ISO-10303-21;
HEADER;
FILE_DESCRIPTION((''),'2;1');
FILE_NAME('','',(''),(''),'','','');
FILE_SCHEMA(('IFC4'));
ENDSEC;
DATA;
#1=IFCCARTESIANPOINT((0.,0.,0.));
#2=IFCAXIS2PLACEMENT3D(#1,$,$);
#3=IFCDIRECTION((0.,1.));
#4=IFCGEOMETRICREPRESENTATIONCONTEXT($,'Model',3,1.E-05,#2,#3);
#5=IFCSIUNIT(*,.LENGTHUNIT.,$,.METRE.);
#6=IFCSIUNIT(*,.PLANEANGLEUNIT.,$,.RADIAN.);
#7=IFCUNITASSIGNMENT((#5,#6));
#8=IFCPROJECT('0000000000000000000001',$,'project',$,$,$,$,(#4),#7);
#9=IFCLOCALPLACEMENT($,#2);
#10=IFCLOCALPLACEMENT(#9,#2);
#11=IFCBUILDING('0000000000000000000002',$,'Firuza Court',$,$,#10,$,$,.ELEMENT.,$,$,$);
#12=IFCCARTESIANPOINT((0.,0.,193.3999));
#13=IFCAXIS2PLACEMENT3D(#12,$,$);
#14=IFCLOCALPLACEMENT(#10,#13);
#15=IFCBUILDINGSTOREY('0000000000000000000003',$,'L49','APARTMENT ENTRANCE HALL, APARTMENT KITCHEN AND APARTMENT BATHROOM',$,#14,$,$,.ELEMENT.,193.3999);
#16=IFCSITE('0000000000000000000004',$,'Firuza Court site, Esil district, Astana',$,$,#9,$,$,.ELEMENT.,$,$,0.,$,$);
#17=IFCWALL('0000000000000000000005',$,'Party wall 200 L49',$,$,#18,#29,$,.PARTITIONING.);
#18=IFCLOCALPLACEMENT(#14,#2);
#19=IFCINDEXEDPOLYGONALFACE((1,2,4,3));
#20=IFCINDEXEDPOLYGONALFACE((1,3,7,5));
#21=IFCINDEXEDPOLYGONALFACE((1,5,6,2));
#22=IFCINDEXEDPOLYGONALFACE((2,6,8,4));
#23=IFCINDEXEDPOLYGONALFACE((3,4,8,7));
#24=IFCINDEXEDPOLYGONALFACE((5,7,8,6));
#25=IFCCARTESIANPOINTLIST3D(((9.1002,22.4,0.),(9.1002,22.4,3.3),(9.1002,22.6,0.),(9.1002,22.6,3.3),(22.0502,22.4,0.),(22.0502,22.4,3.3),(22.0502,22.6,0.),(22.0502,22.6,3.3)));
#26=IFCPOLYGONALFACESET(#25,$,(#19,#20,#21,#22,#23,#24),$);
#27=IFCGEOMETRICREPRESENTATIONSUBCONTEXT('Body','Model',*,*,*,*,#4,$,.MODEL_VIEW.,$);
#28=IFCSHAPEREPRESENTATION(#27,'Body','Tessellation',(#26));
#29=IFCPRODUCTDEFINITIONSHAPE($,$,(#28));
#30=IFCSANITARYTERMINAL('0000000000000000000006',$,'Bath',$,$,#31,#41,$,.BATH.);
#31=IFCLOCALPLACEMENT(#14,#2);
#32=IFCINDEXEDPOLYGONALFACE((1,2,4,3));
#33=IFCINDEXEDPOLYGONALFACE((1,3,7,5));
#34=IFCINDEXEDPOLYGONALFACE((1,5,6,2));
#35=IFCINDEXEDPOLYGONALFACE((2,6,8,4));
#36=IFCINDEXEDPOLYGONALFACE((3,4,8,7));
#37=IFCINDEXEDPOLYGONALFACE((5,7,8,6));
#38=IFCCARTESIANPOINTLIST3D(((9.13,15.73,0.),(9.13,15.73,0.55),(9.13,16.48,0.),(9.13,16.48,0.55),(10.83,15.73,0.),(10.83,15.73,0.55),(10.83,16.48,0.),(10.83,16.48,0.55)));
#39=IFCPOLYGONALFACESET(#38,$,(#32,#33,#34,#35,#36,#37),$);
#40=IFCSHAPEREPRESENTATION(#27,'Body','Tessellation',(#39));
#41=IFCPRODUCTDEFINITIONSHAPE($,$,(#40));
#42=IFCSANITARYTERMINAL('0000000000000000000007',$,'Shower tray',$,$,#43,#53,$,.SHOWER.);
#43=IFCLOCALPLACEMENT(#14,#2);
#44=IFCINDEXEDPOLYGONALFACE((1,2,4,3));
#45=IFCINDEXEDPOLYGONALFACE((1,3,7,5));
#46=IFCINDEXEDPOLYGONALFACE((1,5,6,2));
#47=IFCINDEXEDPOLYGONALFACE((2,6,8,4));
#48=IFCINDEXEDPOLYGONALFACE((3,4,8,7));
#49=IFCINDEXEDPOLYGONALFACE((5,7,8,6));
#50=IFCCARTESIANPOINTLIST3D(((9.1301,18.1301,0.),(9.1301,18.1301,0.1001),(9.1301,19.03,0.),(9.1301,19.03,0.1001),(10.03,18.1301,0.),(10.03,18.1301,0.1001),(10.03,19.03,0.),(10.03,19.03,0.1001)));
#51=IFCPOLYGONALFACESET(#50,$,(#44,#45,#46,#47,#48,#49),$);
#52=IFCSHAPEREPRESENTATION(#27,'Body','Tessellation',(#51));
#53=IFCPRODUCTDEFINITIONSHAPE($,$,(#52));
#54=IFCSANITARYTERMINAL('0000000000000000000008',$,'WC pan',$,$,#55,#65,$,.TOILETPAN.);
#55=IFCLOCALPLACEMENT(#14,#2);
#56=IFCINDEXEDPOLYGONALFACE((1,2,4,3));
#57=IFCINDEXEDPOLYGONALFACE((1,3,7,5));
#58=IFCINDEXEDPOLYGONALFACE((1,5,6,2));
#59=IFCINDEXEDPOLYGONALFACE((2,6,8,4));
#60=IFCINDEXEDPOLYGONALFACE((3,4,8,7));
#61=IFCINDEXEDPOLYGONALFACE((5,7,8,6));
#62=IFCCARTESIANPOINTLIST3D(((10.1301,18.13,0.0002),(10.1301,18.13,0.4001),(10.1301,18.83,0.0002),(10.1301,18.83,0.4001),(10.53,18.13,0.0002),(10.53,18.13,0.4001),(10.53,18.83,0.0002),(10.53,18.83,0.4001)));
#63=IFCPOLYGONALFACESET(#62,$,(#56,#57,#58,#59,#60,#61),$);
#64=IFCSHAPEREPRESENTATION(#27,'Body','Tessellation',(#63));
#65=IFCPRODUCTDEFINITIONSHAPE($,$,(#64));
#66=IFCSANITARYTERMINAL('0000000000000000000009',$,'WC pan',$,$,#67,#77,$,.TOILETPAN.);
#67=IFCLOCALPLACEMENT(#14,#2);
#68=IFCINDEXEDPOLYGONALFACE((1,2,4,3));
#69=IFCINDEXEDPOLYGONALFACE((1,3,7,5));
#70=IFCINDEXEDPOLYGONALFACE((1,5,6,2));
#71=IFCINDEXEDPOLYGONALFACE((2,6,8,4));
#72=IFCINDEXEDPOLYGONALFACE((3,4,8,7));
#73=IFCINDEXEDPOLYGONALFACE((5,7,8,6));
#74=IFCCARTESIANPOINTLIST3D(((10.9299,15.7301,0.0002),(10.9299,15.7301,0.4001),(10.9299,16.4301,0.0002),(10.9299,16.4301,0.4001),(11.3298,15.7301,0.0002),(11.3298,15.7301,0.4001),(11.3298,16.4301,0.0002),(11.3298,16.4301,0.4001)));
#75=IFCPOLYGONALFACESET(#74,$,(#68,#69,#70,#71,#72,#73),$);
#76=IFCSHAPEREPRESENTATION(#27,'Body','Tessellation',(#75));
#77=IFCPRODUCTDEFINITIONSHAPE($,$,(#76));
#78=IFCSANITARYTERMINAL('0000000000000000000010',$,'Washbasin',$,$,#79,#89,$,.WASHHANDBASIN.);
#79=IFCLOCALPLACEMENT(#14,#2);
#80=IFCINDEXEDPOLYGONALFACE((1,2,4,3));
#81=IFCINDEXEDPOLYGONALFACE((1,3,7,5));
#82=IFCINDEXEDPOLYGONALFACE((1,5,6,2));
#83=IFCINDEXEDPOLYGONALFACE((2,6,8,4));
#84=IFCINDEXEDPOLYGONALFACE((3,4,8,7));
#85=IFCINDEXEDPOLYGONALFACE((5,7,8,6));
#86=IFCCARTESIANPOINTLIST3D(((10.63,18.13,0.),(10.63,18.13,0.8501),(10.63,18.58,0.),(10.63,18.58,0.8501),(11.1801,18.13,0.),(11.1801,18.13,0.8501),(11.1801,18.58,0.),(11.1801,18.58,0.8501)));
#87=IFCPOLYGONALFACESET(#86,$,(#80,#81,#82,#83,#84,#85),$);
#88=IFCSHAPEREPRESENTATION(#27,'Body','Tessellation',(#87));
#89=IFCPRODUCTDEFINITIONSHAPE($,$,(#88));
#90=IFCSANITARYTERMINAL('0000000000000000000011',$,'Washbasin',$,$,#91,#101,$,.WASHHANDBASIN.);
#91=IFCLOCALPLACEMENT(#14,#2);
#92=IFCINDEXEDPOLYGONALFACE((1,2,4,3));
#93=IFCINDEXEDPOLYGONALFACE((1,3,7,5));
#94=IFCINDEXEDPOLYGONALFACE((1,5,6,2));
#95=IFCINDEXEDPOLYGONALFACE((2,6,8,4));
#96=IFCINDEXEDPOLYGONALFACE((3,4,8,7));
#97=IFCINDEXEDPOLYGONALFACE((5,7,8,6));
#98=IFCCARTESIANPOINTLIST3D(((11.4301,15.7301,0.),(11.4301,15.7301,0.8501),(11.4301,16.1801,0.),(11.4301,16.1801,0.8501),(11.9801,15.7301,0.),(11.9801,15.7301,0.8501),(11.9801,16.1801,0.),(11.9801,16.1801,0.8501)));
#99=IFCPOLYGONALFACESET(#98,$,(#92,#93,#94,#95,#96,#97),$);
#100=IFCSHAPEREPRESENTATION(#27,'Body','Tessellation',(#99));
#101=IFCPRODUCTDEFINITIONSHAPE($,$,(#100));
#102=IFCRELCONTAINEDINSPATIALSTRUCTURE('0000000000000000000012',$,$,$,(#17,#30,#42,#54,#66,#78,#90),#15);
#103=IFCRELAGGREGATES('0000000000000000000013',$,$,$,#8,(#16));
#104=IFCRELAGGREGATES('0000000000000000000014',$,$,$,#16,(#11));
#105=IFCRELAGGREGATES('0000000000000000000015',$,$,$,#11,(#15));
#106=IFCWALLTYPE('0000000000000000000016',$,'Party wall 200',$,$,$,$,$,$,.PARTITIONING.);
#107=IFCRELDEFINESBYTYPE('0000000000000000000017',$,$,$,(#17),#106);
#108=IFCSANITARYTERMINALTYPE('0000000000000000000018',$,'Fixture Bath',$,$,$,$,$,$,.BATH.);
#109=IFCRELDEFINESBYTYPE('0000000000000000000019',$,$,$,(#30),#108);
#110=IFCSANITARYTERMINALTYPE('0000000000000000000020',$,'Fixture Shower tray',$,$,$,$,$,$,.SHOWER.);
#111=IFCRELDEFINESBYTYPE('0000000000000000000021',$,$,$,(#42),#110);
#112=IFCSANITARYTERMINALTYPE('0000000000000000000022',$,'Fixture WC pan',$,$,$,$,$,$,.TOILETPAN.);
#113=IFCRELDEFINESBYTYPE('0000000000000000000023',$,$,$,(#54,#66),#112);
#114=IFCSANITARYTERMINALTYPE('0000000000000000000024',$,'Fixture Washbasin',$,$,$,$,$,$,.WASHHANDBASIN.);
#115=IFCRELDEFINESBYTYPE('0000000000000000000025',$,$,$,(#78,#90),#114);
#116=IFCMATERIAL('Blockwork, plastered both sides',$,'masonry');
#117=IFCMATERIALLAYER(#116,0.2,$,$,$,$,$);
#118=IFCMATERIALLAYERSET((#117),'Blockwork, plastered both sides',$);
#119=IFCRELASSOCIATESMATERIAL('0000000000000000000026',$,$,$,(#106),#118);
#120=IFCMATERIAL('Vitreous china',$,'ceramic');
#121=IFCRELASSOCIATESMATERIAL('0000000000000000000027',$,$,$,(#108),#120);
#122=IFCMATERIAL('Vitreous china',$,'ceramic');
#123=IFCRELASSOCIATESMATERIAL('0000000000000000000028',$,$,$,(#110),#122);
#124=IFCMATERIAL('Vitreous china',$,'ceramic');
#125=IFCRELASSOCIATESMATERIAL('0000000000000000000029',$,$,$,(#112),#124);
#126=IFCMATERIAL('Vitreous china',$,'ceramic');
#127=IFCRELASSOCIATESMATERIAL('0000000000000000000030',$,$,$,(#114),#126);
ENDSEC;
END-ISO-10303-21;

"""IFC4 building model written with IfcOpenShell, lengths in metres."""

from ifc_helpers import new_model, si_unit, direction, frame, frame_2d, origin, origin_2d, place, context, subcontext, project, spatial, rectangle, extrude, material, layer, layer_set, type_object, element, save


model = new_model("IFC4")

# Units and contexts
model_context = context("Model", 3, precision=1e-05, world=origin(), true_north=direction((0.0, 1.0)))
body_context = subcontext(model_context, "Body", "Model", "MODEL_VIEW")
ifc_project = project(units=[si_unit("LENGTHUNIT", "METRE"), si_unit("PLANEANGLEUNIT", "RADIAN")], contexts=[model_context])

# Site, building, storey
site_placement = place(None, origin())
site = spatial("IfcSite", under=ifc_project, at=site_placement, Name="Firuza Court site, Esil district, Astana", CompositionType="ELEMENT", RefElevation=0.0)
building_placement = place(site_placement, origin())
building = spatial("IfcBuilding", under=site, at=building_placement, Name="Firuza Court", CompositionType="ELEMENT")
storey_placement = place(building_placement, frame((0.0, 0.0, 193.3999)))
storey = spatial("IfcBuildingStorey", under=building, at=storey_placement, Name="L49", Description="APARTMENT ENTRANCE HALL, APARTMENT KITCHEN AND APARTMENT BATHROOM", CompositionType="ELEMENT", Elevation=193.3999)

# Wall
ifc_material_1 = material(Name="Blockwork, plastered both sides", Category="masonry")
ifc_layer_1 = layer(ifc_material_1, 0.2)
ifc_layer_set_1 = layer_set([ifc_layer_1], Name="Blockwork, plastered both sides")
wall_type_1 = type_object("IfcWallType", Name="Party wall 200", PredefinedType="PARTITIONING", material=ifc_layer_set_1)
wall_1_placement = place(storey_placement, frame((9.1001, 22.5, 0.0), z_axis=(0.0, 0.0, 1.0), x_axis=(1.0, 0.0, 0.0)))
element("IfcWall", 1, at=wall_1_placement, inside=storey, type_object=wall_type_1, Name="Party wall 200 L49", PredefinedType="PARTITIONING", context=body_context, shape_type="SweptSolid", body=[
    extrude(rectangle(XDim=12.95, YDim=0.2, at=frame_2d((6.4751, 0.0))), origin(), (0.0, 0.0, 1.0), 3.3),
])

# Sanitary terminals
ifc_material_2 = material(Name="Vitreous china", Category="ceramic")
sanitary_terminal_type_1 = type_object("IfcSanitaryTerminalType", Name="Fixture Bath", PredefinedType="BATH", material=ifc_material_2)
sanitary_terminal_1_placement = place(storey_placement, frame((9.98, 16.105, 0.0), z_axis=(0.0, 0.0, 1.0), x_axis=(1.0, 0.0, 0.0)))
element("IfcSanitaryTerminal", 2, at=sanitary_terminal_1_placement, inside=storey, type_object=sanitary_terminal_type_1, Name="Bath", PredefinedType="BATH", context=body_context, shape_type="SweptSolid", body=[
    extrude(rectangle(XDim=1.7, YDim=0.75, at=origin_2d()), origin(), (0.0, 0.0, 1.0), 0.55),
])
ifc_material_3 = material(Name="Vitreous china", Category="ceramic")
sanitary_terminal_type_2 = type_object("IfcSanitaryTerminalType", Name="Fixture Shower tray", PredefinedType="SHOWER", material=ifc_material_3)
sanitary_terminal_2_placement = place(storey_placement, frame((9.5801, 18.5801, 0.0), z_axis=(0.0, 0.0, 1.0), x_axis=(1.0, 0.0, 0.0)))
element("IfcSanitaryTerminal", 3, at=sanitary_terminal_2_placement, inside=storey, type_object=sanitary_terminal_type_2, Name="Shower tray", PredefinedType="SHOWER", context=body_context, shape_type="SweptSolid", body=[
    extrude(rectangle(XDim=0.8999, YDim=0.8999, at=origin_2d()), origin(), (0.0, 0.0, 1.0), 0.1001),
])
ifc_material_4 = material(Name="Vitreous china", Category="ceramic")
sanitary_terminal_type_3 = type_object("IfcSanitaryTerminalType", Name="Fixture WC pan", PredefinedType="TOILETPAN", material=ifc_material_4)
for number, where, z_axis, x_axis, name in (
    (4, (10.3301, 18.48, 0.0002), (0.0, 0.0, 1.0), (1.0, 0.0, 0.0), "WC pan"),
    (5, (11.1299, 16.0801, 0.0002), (0.0, 0.0, 1.0), (1.0, 0.0, 0.0), "WC pan"),
):
    element("IfcSanitaryTerminal", number, at=place(storey_placement, frame(where, z_axis=z_axis, x_axis=x_axis)), inside=storey, type_object=sanitary_terminal_type_3, Name=name, PredefinedType="TOILETPAN", context=body_context, shape_type="SweptSolid", body=[
        extrude(rectangle(XDim=0.3999, YDim=0.7, at=origin_2d()), origin(), (0.0, 0.0, 1.0), 0.3999),
    ])
ifc_material_5 = material(Name="Vitreous china", Category="ceramic")
sanitary_terminal_type_4 = type_object("IfcSanitaryTerminalType", Name="Fixture Washbasin", PredefinedType="WASHHANDBASIN", material=ifc_material_5)
for number, where, z_axis, x_axis, name in (
    (6, (10.905, 18.355, 0.0), (0.0, 0.0, 1.0), (1.0, 0.0, 0.0), "Washbasin"),
    (7, (11.7051, 15.9551, 0.0), (0.0, 0.0, 1.0), (1.0, 0.0, 0.0), "Washbasin"),
):
    element("IfcSanitaryTerminal", number, at=place(storey_placement, frame(where, z_axis=z_axis, x_axis=x_axis)), inside=storey, type_object=sanitary_terminal_type_4, Name=name, PredefinedType="WASHHANDBASIN", context=body_context, shape_type="SweptSolid", body=[
        extrude(rectangle(XDim=0.55, YDim=0.45, at=origin_2d()), origin(), (0.0, 0.0, 1.0), 0.8501),
    ])

save(model, "model.ifc")
